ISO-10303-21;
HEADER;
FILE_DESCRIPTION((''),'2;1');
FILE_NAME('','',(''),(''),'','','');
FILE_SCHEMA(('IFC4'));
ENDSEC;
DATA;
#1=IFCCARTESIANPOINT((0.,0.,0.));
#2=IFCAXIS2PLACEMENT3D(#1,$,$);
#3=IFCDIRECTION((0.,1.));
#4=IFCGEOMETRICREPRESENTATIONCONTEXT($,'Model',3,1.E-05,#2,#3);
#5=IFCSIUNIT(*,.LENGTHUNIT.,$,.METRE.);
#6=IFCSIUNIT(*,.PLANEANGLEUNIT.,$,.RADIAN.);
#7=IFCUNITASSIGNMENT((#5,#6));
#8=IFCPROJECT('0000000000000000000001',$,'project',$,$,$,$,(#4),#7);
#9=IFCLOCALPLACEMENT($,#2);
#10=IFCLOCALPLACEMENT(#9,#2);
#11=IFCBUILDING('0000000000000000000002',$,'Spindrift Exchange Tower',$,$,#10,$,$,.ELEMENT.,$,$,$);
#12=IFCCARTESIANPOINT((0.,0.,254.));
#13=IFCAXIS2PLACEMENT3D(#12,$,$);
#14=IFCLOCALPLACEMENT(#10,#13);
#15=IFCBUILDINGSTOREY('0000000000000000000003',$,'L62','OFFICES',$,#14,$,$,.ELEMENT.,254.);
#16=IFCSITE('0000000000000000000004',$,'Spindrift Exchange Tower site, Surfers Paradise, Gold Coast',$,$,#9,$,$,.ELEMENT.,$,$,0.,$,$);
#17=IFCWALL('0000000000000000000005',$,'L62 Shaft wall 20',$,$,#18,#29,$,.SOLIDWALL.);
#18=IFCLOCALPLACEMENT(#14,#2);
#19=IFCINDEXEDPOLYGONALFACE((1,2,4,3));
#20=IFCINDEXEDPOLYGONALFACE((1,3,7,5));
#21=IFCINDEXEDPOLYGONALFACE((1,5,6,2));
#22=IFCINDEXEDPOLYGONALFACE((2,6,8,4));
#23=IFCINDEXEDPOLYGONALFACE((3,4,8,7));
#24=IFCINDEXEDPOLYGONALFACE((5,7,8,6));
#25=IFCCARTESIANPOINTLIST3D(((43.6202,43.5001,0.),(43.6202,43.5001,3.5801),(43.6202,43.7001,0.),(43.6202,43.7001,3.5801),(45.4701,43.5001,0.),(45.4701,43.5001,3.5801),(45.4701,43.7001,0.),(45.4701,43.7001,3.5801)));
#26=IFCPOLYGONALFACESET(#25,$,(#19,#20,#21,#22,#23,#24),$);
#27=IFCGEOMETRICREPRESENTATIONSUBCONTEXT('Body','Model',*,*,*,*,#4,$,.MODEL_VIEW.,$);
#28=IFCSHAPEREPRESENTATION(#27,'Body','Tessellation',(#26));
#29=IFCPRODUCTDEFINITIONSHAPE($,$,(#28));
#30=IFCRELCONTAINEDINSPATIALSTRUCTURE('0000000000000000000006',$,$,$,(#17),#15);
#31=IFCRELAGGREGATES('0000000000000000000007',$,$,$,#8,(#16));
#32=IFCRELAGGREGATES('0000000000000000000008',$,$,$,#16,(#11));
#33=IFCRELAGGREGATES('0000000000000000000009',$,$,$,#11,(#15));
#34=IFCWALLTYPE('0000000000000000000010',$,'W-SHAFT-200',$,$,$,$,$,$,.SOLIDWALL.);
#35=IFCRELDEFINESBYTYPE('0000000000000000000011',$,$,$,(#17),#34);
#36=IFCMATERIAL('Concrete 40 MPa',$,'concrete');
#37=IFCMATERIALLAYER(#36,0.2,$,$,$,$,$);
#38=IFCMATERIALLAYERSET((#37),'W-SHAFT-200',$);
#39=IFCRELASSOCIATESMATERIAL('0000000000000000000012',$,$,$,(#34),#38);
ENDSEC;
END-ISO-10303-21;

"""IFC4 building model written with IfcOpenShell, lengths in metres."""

from ifc_helpers import new_model, si_unit, direction, frame, frame_2d, origin, place, context, subcontext, project, spatial, rectangle, extrude, material, layer, layer_set, type_object, element, save


model = new_model("IFC4")

# Units and contexts
model_context = context("Model", 3, precision=1e-05, world=origin(), true_north=direction((0.0, 1.0)))
body_context = subcontext(model_context, "Body", "Model", "MODEL_VIEW")
ifc_project = project(units=[si_unit("LENGTHUNIT", "METRE"), si_unit("PLANEANGLEUNIT", "RADIAN")], contexts=[model_context])

# Site, building, storey
site_placement = place(None, origin())
site = spatial("IfcSite", under=ifc_project, at=site_placement, Name="Spindrift Exchange Tower site, Surfers Paradise, Gold Coast", CompositionType="ELEMENT", RefElevation=0.0)
building_placement = place(site_placement, origin())
building = spatial("IfcBuilding", under=site, at=building_placement, Name="Spindrift Exchange Tower", CompositionType="ELEMENT")
storey_placement = place(building_placement, frame((0.0, 0.0, 254.0)))
storey = spatial("IfcBuildingStorey", under=building, at=storey_placement, Name="L62", Description="OFFICES", CompositionType="ELEMENT", Elevation=254.0)

# Shared definitions
ifc_material_1 = material(Name="Concrete 40 MPa", Category="concrete")

# Shared definitions
ifc_layer_1 = layer(ifc_material_1, 0.2)
ifc_layer_set_1 = layer_set([ifc_layer_1], Name="W-SHAFT-200")
wall_type_1 = type_object("IfcWallType", Name="W-SHAFT-200", PredefinedType="SOLIDWALL", material=ifc_layer_set_1)

# Wall
wall_1_placement = place(storey_placement, frame((45.47, 43.6001, 0.0), z_axis=(0.0, 0.0, 1.0), x_axis=(-1.0, 0.0, 0.0)))
element("IfcWall", 1, at=wall_1_placement, inside=storey, type_object=wall_type_1, Name="L62 Shaft wall 20", PredefinedType="SOLIDWALL", context=body_context, shape_type="SweptSolid", body=[
    extrude(rectangle(XDim=1.8499, YDim=0.2, at=frame_2d((0.9248, 0.0))), origin(), (0.0, 0.0, 1.0), 3.5801),
])

save(model, "model.ifc")
